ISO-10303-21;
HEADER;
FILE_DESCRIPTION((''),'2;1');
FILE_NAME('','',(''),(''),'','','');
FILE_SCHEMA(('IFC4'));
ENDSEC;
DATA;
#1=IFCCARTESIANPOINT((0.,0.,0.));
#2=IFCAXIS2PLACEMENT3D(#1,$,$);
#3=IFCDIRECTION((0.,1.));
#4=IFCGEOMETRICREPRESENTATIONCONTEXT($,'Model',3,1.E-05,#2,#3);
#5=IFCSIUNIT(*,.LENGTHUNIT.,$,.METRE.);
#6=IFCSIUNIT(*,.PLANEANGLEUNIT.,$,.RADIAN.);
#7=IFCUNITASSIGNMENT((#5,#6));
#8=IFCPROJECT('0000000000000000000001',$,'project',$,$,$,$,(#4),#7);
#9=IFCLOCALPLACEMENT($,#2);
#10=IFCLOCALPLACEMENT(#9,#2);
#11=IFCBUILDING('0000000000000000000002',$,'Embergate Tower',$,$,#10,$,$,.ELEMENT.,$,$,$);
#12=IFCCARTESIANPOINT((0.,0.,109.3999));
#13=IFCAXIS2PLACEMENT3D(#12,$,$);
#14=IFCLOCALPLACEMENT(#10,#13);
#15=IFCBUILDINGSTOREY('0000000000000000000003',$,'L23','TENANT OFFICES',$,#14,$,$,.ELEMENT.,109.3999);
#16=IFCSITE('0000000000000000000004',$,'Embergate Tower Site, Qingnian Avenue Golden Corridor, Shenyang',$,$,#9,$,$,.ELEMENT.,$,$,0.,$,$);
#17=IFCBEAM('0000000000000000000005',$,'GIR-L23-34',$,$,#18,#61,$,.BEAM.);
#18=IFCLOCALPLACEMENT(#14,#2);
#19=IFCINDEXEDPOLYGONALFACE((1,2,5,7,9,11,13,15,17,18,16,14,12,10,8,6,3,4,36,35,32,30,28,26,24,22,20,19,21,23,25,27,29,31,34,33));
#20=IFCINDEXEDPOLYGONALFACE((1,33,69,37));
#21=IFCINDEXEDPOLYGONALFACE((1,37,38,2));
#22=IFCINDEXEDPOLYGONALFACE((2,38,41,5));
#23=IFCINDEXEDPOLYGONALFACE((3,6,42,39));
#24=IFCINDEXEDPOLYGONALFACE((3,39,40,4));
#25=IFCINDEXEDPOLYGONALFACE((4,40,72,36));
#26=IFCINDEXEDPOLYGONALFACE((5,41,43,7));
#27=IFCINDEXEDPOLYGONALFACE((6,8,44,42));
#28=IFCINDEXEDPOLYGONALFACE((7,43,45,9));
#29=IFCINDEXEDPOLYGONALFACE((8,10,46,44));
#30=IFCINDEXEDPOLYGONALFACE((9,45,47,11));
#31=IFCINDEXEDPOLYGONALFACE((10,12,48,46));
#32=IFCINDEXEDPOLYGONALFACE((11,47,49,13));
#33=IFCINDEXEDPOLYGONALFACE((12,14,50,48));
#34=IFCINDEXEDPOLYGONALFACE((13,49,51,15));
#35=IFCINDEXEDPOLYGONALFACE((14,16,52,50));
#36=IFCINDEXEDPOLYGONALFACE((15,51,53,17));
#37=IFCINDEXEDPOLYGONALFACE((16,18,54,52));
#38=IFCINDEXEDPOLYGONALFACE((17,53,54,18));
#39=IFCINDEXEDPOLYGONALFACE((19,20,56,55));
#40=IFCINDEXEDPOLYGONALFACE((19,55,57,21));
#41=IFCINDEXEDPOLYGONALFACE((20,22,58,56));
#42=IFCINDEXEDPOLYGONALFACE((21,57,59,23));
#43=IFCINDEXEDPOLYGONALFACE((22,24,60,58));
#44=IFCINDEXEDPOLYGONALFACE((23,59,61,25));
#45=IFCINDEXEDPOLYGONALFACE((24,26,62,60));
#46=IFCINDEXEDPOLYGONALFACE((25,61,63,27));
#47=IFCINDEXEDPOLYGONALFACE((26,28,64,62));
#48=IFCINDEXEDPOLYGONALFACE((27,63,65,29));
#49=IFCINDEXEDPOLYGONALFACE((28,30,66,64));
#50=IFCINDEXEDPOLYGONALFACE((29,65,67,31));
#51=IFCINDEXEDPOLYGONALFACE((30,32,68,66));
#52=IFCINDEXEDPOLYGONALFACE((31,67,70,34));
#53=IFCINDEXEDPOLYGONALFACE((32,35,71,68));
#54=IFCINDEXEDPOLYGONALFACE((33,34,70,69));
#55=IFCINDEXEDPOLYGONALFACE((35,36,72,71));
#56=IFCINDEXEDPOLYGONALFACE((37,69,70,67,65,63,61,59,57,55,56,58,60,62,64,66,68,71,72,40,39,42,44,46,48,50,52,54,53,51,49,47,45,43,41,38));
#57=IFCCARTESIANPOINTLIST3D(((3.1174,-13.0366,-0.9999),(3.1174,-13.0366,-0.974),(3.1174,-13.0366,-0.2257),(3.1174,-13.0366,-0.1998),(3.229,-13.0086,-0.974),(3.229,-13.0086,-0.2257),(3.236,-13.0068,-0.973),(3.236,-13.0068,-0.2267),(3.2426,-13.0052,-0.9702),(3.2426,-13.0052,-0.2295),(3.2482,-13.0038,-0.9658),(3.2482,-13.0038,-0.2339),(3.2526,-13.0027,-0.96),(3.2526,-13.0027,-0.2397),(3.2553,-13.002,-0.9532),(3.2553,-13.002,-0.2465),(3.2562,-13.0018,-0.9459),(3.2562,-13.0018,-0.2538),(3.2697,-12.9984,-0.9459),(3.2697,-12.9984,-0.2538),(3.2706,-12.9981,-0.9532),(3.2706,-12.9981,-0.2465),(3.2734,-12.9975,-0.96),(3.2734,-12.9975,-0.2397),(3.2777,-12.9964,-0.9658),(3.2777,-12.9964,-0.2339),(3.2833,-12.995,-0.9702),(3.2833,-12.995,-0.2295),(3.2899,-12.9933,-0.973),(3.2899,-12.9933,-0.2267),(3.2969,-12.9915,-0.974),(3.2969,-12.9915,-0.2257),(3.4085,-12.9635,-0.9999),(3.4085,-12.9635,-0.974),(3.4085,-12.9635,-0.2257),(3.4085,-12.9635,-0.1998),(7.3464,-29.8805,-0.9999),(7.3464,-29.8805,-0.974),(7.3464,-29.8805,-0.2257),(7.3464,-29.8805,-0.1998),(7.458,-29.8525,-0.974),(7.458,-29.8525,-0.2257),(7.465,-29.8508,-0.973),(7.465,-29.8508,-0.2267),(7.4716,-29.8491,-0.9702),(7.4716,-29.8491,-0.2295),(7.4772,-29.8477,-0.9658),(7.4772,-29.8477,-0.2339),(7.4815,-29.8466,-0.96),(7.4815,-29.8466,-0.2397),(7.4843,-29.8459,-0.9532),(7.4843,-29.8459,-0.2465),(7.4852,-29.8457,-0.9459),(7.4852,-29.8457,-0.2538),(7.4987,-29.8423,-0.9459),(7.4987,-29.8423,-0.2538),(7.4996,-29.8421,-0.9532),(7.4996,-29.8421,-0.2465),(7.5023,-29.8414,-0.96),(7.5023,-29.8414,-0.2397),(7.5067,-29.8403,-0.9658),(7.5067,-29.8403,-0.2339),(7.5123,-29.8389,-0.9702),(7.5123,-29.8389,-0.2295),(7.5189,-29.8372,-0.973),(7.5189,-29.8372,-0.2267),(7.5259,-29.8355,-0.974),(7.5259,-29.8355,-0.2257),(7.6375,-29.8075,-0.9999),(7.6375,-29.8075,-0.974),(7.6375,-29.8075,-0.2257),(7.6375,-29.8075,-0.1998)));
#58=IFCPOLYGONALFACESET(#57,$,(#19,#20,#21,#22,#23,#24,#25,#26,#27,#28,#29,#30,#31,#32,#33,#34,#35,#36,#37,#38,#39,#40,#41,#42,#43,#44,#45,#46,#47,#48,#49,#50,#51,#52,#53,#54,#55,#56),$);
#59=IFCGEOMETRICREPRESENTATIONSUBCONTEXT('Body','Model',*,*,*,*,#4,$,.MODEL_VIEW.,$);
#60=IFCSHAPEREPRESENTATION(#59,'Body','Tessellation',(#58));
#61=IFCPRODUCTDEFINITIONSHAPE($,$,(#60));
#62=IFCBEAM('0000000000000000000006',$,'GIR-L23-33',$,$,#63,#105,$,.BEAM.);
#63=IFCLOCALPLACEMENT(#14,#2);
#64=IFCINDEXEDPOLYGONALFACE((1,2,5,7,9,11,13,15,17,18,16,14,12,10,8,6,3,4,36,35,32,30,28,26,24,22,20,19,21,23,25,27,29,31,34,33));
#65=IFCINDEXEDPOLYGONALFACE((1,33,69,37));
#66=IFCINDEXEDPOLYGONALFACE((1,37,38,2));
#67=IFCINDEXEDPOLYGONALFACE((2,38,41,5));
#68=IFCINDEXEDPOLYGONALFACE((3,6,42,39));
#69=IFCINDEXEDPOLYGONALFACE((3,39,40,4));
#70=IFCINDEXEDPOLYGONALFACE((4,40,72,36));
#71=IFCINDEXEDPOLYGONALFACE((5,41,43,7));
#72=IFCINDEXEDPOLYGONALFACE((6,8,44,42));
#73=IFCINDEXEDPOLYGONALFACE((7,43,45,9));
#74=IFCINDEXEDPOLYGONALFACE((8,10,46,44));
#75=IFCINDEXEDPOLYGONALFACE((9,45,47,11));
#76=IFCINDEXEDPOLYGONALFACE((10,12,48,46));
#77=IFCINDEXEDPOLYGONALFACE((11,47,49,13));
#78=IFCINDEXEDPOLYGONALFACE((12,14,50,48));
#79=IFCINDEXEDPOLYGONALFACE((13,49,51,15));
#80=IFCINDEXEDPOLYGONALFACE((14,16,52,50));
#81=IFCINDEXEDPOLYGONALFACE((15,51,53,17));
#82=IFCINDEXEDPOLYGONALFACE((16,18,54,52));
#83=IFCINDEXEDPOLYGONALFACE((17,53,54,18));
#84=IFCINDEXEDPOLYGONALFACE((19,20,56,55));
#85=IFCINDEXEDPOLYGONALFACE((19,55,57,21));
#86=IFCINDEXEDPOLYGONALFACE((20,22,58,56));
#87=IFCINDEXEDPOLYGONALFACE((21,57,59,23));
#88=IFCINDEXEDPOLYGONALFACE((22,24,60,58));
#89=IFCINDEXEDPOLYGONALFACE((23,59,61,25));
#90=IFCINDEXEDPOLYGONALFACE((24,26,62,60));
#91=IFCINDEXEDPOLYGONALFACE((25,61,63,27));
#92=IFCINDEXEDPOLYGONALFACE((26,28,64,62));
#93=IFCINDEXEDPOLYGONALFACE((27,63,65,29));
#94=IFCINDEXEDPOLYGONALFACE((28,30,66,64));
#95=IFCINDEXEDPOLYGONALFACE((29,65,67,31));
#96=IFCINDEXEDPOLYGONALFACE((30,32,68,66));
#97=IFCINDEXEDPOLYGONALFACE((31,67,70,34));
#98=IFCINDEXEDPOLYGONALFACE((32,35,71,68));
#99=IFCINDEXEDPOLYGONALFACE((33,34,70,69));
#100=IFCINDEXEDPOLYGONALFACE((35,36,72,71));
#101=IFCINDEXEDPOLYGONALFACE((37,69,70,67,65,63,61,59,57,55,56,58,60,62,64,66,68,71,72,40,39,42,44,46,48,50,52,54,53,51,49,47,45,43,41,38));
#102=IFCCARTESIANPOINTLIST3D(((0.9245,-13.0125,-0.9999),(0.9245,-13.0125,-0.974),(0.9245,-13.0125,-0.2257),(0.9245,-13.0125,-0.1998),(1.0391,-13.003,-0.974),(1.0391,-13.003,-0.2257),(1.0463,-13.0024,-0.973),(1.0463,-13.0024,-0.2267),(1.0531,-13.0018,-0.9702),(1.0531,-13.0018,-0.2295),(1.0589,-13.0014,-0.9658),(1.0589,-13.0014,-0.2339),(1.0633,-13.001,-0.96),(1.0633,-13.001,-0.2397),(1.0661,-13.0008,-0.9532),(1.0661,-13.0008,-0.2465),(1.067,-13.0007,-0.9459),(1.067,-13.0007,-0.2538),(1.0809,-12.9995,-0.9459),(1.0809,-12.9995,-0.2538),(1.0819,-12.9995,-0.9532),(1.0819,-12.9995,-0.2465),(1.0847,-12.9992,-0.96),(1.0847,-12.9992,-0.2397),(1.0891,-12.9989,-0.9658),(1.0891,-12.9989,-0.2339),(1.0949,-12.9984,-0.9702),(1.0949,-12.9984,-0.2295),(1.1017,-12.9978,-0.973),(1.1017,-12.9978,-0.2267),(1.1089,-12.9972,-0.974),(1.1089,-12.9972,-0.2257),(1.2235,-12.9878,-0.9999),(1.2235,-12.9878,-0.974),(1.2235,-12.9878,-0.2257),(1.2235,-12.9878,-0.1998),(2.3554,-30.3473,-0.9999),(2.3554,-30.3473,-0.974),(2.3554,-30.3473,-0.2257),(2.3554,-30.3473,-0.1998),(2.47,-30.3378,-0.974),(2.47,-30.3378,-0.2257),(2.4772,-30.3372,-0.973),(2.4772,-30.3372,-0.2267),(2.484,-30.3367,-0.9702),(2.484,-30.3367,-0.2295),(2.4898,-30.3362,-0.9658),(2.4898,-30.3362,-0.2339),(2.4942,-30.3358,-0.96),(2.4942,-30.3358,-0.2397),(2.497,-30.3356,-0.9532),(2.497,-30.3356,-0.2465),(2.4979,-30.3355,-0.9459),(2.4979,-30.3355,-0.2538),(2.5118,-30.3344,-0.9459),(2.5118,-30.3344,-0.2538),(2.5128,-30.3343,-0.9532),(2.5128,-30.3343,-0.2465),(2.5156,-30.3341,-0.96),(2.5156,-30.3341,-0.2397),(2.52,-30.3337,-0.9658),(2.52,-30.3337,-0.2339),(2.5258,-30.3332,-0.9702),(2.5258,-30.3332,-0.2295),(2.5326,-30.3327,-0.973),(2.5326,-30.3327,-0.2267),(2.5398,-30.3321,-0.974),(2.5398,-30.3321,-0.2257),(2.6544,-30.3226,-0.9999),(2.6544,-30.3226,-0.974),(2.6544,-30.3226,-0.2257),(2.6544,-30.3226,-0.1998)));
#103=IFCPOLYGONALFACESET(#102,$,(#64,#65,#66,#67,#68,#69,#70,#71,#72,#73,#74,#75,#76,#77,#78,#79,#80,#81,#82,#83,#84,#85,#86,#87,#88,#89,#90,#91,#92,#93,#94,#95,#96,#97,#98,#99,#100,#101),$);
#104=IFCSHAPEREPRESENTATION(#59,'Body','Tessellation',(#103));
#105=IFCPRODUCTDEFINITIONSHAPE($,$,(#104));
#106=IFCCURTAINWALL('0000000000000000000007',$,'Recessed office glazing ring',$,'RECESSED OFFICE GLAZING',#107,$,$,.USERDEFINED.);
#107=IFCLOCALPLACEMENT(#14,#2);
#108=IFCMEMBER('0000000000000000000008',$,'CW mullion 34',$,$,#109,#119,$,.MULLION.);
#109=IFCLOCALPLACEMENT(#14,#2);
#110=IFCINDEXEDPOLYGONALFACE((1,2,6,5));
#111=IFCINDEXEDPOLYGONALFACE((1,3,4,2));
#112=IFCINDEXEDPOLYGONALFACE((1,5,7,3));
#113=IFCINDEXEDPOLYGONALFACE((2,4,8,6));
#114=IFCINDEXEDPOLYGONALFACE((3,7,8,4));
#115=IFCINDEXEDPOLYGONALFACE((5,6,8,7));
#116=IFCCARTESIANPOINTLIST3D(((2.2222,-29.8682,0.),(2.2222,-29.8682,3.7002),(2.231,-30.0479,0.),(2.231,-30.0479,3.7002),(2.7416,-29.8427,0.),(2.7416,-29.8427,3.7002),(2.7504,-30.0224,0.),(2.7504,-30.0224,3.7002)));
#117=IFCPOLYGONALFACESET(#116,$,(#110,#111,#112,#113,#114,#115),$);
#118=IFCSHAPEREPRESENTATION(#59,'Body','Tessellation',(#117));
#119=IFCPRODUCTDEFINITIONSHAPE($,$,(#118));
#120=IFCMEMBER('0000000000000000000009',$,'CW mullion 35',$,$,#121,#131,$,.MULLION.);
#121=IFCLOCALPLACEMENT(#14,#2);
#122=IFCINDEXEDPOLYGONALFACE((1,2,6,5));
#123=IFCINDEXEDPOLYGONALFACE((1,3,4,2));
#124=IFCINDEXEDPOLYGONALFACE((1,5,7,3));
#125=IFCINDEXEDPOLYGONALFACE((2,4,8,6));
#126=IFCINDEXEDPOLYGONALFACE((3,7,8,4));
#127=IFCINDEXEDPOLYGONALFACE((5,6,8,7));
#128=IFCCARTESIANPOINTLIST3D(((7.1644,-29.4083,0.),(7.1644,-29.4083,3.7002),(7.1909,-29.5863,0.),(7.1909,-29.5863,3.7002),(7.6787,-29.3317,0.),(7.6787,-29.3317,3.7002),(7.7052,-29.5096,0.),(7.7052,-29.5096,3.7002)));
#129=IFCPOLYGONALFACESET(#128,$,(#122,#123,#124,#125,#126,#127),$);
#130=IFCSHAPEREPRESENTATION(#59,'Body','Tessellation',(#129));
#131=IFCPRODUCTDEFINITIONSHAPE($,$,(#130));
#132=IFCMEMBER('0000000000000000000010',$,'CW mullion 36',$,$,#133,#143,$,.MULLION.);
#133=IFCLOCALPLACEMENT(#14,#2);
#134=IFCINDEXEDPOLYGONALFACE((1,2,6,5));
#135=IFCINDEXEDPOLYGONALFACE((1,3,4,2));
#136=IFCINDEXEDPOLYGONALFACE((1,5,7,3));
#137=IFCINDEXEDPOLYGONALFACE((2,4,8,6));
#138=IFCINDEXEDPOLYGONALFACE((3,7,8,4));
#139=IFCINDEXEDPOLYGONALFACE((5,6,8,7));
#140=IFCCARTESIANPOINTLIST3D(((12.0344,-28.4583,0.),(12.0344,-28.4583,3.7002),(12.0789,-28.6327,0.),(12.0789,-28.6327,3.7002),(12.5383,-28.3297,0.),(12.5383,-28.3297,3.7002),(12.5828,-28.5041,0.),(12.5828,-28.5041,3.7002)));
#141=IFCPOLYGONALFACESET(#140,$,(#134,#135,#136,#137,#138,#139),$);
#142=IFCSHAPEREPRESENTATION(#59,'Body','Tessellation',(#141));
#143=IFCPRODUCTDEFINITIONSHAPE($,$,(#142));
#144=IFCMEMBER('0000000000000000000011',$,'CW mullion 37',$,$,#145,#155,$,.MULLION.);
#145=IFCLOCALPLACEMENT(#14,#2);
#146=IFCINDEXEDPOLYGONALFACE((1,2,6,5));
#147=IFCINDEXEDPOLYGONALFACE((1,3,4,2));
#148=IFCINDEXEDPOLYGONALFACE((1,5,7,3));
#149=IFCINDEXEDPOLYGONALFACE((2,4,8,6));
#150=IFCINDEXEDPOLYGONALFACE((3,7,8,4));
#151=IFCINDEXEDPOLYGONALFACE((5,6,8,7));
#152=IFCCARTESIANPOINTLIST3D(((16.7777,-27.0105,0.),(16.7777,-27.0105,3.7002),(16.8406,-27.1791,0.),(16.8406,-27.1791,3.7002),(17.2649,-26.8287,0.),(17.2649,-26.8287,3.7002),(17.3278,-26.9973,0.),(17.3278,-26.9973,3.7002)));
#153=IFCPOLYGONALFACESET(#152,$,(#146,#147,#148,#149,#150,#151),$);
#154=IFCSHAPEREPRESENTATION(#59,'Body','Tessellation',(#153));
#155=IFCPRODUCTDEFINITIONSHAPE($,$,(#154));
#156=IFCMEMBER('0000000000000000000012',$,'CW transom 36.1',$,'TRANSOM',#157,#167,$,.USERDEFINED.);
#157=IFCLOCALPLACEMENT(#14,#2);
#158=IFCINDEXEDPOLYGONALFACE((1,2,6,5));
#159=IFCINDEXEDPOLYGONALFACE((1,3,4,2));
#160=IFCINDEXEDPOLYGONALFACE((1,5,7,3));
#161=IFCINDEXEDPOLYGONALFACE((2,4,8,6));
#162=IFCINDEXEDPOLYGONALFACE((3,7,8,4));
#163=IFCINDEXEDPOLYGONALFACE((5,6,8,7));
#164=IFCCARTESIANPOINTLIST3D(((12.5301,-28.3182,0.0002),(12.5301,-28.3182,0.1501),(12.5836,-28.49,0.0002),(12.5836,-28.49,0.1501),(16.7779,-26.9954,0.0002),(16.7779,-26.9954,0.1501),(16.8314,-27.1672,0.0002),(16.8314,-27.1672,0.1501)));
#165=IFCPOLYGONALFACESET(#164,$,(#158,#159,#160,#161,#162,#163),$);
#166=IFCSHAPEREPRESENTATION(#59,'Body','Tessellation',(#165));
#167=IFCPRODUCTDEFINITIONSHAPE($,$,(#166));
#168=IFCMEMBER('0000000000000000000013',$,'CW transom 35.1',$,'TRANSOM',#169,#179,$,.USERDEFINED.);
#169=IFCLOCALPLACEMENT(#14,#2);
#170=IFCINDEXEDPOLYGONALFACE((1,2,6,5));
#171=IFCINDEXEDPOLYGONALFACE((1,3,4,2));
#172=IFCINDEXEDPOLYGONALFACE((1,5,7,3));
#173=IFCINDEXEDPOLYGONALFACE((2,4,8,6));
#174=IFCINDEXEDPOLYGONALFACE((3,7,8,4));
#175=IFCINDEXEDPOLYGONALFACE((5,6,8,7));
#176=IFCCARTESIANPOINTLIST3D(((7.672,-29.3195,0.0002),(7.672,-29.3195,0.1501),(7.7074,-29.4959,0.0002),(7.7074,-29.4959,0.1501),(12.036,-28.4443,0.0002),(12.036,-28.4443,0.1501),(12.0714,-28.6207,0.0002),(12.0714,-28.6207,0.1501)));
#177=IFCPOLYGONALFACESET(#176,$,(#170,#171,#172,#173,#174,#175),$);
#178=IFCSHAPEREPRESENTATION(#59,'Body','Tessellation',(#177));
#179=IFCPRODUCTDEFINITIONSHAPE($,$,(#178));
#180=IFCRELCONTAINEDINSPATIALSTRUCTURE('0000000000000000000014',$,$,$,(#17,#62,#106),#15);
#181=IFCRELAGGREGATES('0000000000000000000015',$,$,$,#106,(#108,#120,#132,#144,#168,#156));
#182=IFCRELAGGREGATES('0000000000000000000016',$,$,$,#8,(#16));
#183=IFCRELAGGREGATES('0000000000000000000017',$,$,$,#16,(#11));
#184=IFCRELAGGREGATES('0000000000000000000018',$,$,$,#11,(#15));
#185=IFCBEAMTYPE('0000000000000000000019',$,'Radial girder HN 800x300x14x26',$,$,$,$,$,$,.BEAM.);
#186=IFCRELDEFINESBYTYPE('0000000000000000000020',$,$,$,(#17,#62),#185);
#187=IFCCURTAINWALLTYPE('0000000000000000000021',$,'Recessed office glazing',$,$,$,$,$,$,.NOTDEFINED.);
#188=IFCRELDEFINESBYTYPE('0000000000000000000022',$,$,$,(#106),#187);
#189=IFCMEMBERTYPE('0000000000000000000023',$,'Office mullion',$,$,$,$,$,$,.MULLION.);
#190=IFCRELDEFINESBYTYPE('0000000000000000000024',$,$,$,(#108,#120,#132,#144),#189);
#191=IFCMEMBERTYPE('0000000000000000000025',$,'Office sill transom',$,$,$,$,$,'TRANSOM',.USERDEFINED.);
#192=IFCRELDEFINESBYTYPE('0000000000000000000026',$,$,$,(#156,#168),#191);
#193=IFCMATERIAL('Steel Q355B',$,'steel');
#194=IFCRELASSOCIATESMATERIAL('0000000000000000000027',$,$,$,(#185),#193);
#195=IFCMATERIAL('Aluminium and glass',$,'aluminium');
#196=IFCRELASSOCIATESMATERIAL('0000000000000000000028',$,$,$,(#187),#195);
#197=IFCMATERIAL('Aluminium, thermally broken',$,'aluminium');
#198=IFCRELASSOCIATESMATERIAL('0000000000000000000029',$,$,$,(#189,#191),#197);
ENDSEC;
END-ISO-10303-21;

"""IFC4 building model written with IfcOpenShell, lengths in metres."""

from ifc_helpers import new_model, si_unit, direction, frame, origin, origin_2d, place, context, subcontext, project, spatial, rectangle, i_section, extrude, source, transform, mapped, material, material_profile, profile_set, type_object, element, aggregate, save


model = new_model("IFC4")

# Units and contexts
model_context = context("Model", 3, precision=1e-05, world=origin(), true_north=direction((0.0, 1.0)))
body_context = subcontext(model_context, "Body", "Model", "MODEL_VIEW")
ifc_project = project(units=[si_unit("LENGTHUNIT", "METRE"), si_unit("PLANEANGLEUNIT", "RADIAN")], contexts=[model_context])

# Site, building, storey
site_placement = place(None, origin())
site = spatial("IfcSite", under=ifc_project, at=site_placement, Name="Embergate Tower Site, Qingnian Avenue Golden Corridor, Shenyang", CompositionType="ELEMENT", RefElevation=0.0)
building_placement = place(site_placement, origin())
building = spatial("IfcBuilding", under=site, at=building_placement, Name="Embergate Tower", CompositionType="ELEMENT")
storey_placement = place(building_placement, frame((0.0, 0.0, 109.3999)))
storey = spatial("IfcBuildingStorey", under=building, at=storey_placement, Name="L23", Description="TENANT OFFICES", CompositionType="ELEMENT", Elevation=109.3999)

# Beams
ifc_material_1 = material(Name="Steel Q355B", Category="steel")
ifc_material_profile_1 = material_profile(ifc_material_1, i_section(OverallWidth=0.3, OverallDepth=0.8, WebThickness=0.0139, FlangeThickness=0.0259, FilletRadius=0.0281, at=origin_2d()), Name="HN 800x300x14x26")
ifc_profile_set_1 = profile_set([ifc_material_profile_1], Name="Steel Q355 grade B")
beam_type_1 = type_object("IfcBeamType", Name="Radial girder HN 800x300x14x26", PredefinedType="BEAM", material=ifc_profile_set_1)
shared_shape_1 = source(origin(), body_context, "Body", "SweptSolid", [
    extrude(i_section(OverallWidth=0.3, OverallDepth=0.8, WebThickness=0.0139, FlangeThickness=0.0259, FilletRadius=0.0281, at=origin_2d()), origin(), (0.0, 0.0, 1.0), 17.3667),
])
beam_1_placement = place(storey_placement, frame((7.4919, -29.844, -0.5999), z_axis=(-0.243511, 0.969898, 0.0), x_axis=(-0.969898, -0.243511, 0.0)))
element("IfcBeam", 1, at=beam_1_placement, inside=storey, type_object=beam_type_1, Name="GIR-L23-34", PredefinedType="BEAM", context=body_context, shape_type="MappedRepresentation", body=[
    mapped(shared_shape_1, transform((0.0, 0.0, 0.0))),
])
shared_shape_2 = source(origin(), body_context, "Body", "SweptSolid", [
    extrude(i_section(OverallWidth=0.3, OverallDepth=0.8, WebThickness=0.0139, FlangeThickness=0.0259, FilletRadius=0.0281, at=origin_2d()), origin(), (0.0, 0.0, 1.0), 17.3938),
])
beam_2_placement = place(storey_placement, frame((2.5049, -30.335, -0.5999), z_axis=(-0.082265, 0.996611, 0.0), x_axis=(-0.996611, -0.082265, 0.0)))
element("IfcBeam", 2, at=beam_2_placement, inside=storey, type_object=beam_type_1, Name="GIR-L23-33", PredefinedType="BEAM", context=body_context, shape_type="MappedRepresentation", body=[
    mapped(shared_shape_2, transform((0.0, 0.0, 0.0))),
])

# Curtain wall, members
ifc_material_2 = material(Name="Aluminium and glass", Category="aluminium")
curtain_wall_type = type_object("IfcCurtainWallType", Name="Recessed office glazing", PredefinedType="NOTDEFINED", material=ifc_material_2)
curtain_wall_placement = place(storey_placement, origin())
curtain_wall = element("IfcCurtainWall", 3, at=curtain_wall_placement, inside=storey, type_object=curtain_wall_type, Name="Recessed office glazing ring", ObjectType="RECESSED OFFICE GLAZING", PredefinedType="USERDEFINED")
ifc_material_3 = material(Name="Aluminium, thermally broken", Category="aluminium")
ifc_material_profile_2 = material_profile(ifc_material_3, rectangle(XDim=0.1799, YDim=0.52, at=origin_2d()), Name="AL 520x180")
ifc_profile_set_2 = profile_set([ifc_material_profile_2], Name="Aluminium, thermally broken")
member_type_1 = type_object("IfcMemberType", Name="Office mullion", PredefinedType="MULLION", material=ifc_profile_set_2)
shared_shape_3 = source(origin(), body_context, "Body", "SweptSolid", [
    extrude(rectangle(XDim=0.1799, YDim=0.52, at=origin_2d()), origin(), (0.0, 0.0, 1.0), 3.7002),
])
member_1_placement = place(storey_placement, frame((2.4863, -29.9453, 0.0), z_axis=(0.0, 0.0, 1.0), x_axis=(-0.048972, 0.9988, 0.0)))
member_1 = element("IfcMember", 4, at=member_1_placement, type_object=member_type_1, Name="CW mullion 34", PredefinedType="MULLION", context=body_context, shape_type="MappedRepresentation", body=[
    mapped(shared_shape_3, transform((0.0, 0.0, 0.0))),
])
member_2_placement = place(storey_placement, frame((7.4348, -29.459, 0.0), z_axis=(0.0, 0.0, 1.0), x_axis=(-0.147416, 0.989075, 0.0)))
member_2 = element("IfcMember", 5, at=member_2_placement, type_object=member_type_1, Name="CW mullion 35", PredefinedType="MULLION", context=body_context, shape_type="MappedRepresentation", body=[
    mapped(shared_shape_3, transform((0.0, 0.0, 0.0))),
])
member_3_placement = place(storey_placement, frame((12.3086, -28.4812, 0.0), z_axis=(0.0, 0.0, 1.0), x_axis=(-0.247317, 0.968935, 0.0)))
member_3 = element("IfcMember", 6, at=member_3_placement, type_object=member_type_1, Name="CW mullion 36", PredefinedType="MULLION", context=body_context, shape_type="MappedRepresentation", body=[
    mapped(shared_shape_3, transform((0.0, 0.0, 0.0))),
])
member_4_placement = place(storey_placement, frame((17.0527, -27.0039, 0.0), z_axis=(0.0, 0.0, 1.0), x_axis=(-0.349511, 0.936932, 0.0)))
member_4 = element("IfcMember", 7, at=member_4_placement, type_object=member_type_1, Name="CW mullion 37", PredefinedType="MULLION", context=body_context, shape_type="MappedRepresentation", body=[
    mapped(shared_shape_3, transform((0.0, 0.0, 0.0))),
])
ifc_material_profile_3 = material_profile(ifc_material_3, rectangle(XDim=0.1799, YDim=0.1499, at=origin_2d()), Name="AL 150x180")
ifc_profile_set_3 = profile_set([ifc_material_profile_3], Name="Aluminium, thermally broken")
member_type_2 = type_object("IfcMemberType", Name="Office sill transom", ElementType="TRANSOM", PredefinedType="USERDEFINED", material=ifc_profile_set_3)
shared_shape_4 = source(origin(), body_context, "Body", "SweptSolid", [
    extrude(rectangle(XDim=0.1799, YDim=0.1499, at=origin_2d()), origin(), (0.0, 0.0, 1.0), 4.449),
])
member_5_placement = place(storey_placement, frame((12.5569, -28.4041, 0.0752), z_axis=(0.954779, 0.297316, 0.0), x_axis=(-0.297316, 0.954779, 0.0)))
member_5 = element("IfcMember", 8, at=member_5_placement, type_object=member_type_2, Name="CW transom 36.1", ObjectType="TRANSOM", PredefinedType="USERDEFINED", context=body_context, shape_type="MappedRepresentation", body=[
    mapped(shared_shape_4, transform((0.0, 0.0, 0.0))),
])
shared_shape_5 = source(origin(), body_context, "Body", "SweptSolid", [
    extrude(rectangle(XDim=0.1799, YDim=0.1499, at=origin_2d()), origin(), (0.0, 0.0, 1.0), 4.4509),
])
member_6_placement = place(storey_placement, frame((7.6897, -29.4077, 0.0752), z_axis=(0.980475, 0.196644, 0.0), x_axis=(-0.196644, 0.980475, 0.0)))
member_6 = element("IfcMember", 9, at=member_6_placement, type_object=member_type_2, Name="CW transom 35.1", ObjectType="TRANSOM", PredefinedType="USERDEFINED", context=body_context, shape_type="MappedRepresentation", body=[
    mapped(shared_shape_5, transform((0.0, 0.0, 0.0))),
])

aggregate(curtain_wall, [member_1, member_2, member_3, member_4, member_6, member_5])

save(model, "model.ifc")
